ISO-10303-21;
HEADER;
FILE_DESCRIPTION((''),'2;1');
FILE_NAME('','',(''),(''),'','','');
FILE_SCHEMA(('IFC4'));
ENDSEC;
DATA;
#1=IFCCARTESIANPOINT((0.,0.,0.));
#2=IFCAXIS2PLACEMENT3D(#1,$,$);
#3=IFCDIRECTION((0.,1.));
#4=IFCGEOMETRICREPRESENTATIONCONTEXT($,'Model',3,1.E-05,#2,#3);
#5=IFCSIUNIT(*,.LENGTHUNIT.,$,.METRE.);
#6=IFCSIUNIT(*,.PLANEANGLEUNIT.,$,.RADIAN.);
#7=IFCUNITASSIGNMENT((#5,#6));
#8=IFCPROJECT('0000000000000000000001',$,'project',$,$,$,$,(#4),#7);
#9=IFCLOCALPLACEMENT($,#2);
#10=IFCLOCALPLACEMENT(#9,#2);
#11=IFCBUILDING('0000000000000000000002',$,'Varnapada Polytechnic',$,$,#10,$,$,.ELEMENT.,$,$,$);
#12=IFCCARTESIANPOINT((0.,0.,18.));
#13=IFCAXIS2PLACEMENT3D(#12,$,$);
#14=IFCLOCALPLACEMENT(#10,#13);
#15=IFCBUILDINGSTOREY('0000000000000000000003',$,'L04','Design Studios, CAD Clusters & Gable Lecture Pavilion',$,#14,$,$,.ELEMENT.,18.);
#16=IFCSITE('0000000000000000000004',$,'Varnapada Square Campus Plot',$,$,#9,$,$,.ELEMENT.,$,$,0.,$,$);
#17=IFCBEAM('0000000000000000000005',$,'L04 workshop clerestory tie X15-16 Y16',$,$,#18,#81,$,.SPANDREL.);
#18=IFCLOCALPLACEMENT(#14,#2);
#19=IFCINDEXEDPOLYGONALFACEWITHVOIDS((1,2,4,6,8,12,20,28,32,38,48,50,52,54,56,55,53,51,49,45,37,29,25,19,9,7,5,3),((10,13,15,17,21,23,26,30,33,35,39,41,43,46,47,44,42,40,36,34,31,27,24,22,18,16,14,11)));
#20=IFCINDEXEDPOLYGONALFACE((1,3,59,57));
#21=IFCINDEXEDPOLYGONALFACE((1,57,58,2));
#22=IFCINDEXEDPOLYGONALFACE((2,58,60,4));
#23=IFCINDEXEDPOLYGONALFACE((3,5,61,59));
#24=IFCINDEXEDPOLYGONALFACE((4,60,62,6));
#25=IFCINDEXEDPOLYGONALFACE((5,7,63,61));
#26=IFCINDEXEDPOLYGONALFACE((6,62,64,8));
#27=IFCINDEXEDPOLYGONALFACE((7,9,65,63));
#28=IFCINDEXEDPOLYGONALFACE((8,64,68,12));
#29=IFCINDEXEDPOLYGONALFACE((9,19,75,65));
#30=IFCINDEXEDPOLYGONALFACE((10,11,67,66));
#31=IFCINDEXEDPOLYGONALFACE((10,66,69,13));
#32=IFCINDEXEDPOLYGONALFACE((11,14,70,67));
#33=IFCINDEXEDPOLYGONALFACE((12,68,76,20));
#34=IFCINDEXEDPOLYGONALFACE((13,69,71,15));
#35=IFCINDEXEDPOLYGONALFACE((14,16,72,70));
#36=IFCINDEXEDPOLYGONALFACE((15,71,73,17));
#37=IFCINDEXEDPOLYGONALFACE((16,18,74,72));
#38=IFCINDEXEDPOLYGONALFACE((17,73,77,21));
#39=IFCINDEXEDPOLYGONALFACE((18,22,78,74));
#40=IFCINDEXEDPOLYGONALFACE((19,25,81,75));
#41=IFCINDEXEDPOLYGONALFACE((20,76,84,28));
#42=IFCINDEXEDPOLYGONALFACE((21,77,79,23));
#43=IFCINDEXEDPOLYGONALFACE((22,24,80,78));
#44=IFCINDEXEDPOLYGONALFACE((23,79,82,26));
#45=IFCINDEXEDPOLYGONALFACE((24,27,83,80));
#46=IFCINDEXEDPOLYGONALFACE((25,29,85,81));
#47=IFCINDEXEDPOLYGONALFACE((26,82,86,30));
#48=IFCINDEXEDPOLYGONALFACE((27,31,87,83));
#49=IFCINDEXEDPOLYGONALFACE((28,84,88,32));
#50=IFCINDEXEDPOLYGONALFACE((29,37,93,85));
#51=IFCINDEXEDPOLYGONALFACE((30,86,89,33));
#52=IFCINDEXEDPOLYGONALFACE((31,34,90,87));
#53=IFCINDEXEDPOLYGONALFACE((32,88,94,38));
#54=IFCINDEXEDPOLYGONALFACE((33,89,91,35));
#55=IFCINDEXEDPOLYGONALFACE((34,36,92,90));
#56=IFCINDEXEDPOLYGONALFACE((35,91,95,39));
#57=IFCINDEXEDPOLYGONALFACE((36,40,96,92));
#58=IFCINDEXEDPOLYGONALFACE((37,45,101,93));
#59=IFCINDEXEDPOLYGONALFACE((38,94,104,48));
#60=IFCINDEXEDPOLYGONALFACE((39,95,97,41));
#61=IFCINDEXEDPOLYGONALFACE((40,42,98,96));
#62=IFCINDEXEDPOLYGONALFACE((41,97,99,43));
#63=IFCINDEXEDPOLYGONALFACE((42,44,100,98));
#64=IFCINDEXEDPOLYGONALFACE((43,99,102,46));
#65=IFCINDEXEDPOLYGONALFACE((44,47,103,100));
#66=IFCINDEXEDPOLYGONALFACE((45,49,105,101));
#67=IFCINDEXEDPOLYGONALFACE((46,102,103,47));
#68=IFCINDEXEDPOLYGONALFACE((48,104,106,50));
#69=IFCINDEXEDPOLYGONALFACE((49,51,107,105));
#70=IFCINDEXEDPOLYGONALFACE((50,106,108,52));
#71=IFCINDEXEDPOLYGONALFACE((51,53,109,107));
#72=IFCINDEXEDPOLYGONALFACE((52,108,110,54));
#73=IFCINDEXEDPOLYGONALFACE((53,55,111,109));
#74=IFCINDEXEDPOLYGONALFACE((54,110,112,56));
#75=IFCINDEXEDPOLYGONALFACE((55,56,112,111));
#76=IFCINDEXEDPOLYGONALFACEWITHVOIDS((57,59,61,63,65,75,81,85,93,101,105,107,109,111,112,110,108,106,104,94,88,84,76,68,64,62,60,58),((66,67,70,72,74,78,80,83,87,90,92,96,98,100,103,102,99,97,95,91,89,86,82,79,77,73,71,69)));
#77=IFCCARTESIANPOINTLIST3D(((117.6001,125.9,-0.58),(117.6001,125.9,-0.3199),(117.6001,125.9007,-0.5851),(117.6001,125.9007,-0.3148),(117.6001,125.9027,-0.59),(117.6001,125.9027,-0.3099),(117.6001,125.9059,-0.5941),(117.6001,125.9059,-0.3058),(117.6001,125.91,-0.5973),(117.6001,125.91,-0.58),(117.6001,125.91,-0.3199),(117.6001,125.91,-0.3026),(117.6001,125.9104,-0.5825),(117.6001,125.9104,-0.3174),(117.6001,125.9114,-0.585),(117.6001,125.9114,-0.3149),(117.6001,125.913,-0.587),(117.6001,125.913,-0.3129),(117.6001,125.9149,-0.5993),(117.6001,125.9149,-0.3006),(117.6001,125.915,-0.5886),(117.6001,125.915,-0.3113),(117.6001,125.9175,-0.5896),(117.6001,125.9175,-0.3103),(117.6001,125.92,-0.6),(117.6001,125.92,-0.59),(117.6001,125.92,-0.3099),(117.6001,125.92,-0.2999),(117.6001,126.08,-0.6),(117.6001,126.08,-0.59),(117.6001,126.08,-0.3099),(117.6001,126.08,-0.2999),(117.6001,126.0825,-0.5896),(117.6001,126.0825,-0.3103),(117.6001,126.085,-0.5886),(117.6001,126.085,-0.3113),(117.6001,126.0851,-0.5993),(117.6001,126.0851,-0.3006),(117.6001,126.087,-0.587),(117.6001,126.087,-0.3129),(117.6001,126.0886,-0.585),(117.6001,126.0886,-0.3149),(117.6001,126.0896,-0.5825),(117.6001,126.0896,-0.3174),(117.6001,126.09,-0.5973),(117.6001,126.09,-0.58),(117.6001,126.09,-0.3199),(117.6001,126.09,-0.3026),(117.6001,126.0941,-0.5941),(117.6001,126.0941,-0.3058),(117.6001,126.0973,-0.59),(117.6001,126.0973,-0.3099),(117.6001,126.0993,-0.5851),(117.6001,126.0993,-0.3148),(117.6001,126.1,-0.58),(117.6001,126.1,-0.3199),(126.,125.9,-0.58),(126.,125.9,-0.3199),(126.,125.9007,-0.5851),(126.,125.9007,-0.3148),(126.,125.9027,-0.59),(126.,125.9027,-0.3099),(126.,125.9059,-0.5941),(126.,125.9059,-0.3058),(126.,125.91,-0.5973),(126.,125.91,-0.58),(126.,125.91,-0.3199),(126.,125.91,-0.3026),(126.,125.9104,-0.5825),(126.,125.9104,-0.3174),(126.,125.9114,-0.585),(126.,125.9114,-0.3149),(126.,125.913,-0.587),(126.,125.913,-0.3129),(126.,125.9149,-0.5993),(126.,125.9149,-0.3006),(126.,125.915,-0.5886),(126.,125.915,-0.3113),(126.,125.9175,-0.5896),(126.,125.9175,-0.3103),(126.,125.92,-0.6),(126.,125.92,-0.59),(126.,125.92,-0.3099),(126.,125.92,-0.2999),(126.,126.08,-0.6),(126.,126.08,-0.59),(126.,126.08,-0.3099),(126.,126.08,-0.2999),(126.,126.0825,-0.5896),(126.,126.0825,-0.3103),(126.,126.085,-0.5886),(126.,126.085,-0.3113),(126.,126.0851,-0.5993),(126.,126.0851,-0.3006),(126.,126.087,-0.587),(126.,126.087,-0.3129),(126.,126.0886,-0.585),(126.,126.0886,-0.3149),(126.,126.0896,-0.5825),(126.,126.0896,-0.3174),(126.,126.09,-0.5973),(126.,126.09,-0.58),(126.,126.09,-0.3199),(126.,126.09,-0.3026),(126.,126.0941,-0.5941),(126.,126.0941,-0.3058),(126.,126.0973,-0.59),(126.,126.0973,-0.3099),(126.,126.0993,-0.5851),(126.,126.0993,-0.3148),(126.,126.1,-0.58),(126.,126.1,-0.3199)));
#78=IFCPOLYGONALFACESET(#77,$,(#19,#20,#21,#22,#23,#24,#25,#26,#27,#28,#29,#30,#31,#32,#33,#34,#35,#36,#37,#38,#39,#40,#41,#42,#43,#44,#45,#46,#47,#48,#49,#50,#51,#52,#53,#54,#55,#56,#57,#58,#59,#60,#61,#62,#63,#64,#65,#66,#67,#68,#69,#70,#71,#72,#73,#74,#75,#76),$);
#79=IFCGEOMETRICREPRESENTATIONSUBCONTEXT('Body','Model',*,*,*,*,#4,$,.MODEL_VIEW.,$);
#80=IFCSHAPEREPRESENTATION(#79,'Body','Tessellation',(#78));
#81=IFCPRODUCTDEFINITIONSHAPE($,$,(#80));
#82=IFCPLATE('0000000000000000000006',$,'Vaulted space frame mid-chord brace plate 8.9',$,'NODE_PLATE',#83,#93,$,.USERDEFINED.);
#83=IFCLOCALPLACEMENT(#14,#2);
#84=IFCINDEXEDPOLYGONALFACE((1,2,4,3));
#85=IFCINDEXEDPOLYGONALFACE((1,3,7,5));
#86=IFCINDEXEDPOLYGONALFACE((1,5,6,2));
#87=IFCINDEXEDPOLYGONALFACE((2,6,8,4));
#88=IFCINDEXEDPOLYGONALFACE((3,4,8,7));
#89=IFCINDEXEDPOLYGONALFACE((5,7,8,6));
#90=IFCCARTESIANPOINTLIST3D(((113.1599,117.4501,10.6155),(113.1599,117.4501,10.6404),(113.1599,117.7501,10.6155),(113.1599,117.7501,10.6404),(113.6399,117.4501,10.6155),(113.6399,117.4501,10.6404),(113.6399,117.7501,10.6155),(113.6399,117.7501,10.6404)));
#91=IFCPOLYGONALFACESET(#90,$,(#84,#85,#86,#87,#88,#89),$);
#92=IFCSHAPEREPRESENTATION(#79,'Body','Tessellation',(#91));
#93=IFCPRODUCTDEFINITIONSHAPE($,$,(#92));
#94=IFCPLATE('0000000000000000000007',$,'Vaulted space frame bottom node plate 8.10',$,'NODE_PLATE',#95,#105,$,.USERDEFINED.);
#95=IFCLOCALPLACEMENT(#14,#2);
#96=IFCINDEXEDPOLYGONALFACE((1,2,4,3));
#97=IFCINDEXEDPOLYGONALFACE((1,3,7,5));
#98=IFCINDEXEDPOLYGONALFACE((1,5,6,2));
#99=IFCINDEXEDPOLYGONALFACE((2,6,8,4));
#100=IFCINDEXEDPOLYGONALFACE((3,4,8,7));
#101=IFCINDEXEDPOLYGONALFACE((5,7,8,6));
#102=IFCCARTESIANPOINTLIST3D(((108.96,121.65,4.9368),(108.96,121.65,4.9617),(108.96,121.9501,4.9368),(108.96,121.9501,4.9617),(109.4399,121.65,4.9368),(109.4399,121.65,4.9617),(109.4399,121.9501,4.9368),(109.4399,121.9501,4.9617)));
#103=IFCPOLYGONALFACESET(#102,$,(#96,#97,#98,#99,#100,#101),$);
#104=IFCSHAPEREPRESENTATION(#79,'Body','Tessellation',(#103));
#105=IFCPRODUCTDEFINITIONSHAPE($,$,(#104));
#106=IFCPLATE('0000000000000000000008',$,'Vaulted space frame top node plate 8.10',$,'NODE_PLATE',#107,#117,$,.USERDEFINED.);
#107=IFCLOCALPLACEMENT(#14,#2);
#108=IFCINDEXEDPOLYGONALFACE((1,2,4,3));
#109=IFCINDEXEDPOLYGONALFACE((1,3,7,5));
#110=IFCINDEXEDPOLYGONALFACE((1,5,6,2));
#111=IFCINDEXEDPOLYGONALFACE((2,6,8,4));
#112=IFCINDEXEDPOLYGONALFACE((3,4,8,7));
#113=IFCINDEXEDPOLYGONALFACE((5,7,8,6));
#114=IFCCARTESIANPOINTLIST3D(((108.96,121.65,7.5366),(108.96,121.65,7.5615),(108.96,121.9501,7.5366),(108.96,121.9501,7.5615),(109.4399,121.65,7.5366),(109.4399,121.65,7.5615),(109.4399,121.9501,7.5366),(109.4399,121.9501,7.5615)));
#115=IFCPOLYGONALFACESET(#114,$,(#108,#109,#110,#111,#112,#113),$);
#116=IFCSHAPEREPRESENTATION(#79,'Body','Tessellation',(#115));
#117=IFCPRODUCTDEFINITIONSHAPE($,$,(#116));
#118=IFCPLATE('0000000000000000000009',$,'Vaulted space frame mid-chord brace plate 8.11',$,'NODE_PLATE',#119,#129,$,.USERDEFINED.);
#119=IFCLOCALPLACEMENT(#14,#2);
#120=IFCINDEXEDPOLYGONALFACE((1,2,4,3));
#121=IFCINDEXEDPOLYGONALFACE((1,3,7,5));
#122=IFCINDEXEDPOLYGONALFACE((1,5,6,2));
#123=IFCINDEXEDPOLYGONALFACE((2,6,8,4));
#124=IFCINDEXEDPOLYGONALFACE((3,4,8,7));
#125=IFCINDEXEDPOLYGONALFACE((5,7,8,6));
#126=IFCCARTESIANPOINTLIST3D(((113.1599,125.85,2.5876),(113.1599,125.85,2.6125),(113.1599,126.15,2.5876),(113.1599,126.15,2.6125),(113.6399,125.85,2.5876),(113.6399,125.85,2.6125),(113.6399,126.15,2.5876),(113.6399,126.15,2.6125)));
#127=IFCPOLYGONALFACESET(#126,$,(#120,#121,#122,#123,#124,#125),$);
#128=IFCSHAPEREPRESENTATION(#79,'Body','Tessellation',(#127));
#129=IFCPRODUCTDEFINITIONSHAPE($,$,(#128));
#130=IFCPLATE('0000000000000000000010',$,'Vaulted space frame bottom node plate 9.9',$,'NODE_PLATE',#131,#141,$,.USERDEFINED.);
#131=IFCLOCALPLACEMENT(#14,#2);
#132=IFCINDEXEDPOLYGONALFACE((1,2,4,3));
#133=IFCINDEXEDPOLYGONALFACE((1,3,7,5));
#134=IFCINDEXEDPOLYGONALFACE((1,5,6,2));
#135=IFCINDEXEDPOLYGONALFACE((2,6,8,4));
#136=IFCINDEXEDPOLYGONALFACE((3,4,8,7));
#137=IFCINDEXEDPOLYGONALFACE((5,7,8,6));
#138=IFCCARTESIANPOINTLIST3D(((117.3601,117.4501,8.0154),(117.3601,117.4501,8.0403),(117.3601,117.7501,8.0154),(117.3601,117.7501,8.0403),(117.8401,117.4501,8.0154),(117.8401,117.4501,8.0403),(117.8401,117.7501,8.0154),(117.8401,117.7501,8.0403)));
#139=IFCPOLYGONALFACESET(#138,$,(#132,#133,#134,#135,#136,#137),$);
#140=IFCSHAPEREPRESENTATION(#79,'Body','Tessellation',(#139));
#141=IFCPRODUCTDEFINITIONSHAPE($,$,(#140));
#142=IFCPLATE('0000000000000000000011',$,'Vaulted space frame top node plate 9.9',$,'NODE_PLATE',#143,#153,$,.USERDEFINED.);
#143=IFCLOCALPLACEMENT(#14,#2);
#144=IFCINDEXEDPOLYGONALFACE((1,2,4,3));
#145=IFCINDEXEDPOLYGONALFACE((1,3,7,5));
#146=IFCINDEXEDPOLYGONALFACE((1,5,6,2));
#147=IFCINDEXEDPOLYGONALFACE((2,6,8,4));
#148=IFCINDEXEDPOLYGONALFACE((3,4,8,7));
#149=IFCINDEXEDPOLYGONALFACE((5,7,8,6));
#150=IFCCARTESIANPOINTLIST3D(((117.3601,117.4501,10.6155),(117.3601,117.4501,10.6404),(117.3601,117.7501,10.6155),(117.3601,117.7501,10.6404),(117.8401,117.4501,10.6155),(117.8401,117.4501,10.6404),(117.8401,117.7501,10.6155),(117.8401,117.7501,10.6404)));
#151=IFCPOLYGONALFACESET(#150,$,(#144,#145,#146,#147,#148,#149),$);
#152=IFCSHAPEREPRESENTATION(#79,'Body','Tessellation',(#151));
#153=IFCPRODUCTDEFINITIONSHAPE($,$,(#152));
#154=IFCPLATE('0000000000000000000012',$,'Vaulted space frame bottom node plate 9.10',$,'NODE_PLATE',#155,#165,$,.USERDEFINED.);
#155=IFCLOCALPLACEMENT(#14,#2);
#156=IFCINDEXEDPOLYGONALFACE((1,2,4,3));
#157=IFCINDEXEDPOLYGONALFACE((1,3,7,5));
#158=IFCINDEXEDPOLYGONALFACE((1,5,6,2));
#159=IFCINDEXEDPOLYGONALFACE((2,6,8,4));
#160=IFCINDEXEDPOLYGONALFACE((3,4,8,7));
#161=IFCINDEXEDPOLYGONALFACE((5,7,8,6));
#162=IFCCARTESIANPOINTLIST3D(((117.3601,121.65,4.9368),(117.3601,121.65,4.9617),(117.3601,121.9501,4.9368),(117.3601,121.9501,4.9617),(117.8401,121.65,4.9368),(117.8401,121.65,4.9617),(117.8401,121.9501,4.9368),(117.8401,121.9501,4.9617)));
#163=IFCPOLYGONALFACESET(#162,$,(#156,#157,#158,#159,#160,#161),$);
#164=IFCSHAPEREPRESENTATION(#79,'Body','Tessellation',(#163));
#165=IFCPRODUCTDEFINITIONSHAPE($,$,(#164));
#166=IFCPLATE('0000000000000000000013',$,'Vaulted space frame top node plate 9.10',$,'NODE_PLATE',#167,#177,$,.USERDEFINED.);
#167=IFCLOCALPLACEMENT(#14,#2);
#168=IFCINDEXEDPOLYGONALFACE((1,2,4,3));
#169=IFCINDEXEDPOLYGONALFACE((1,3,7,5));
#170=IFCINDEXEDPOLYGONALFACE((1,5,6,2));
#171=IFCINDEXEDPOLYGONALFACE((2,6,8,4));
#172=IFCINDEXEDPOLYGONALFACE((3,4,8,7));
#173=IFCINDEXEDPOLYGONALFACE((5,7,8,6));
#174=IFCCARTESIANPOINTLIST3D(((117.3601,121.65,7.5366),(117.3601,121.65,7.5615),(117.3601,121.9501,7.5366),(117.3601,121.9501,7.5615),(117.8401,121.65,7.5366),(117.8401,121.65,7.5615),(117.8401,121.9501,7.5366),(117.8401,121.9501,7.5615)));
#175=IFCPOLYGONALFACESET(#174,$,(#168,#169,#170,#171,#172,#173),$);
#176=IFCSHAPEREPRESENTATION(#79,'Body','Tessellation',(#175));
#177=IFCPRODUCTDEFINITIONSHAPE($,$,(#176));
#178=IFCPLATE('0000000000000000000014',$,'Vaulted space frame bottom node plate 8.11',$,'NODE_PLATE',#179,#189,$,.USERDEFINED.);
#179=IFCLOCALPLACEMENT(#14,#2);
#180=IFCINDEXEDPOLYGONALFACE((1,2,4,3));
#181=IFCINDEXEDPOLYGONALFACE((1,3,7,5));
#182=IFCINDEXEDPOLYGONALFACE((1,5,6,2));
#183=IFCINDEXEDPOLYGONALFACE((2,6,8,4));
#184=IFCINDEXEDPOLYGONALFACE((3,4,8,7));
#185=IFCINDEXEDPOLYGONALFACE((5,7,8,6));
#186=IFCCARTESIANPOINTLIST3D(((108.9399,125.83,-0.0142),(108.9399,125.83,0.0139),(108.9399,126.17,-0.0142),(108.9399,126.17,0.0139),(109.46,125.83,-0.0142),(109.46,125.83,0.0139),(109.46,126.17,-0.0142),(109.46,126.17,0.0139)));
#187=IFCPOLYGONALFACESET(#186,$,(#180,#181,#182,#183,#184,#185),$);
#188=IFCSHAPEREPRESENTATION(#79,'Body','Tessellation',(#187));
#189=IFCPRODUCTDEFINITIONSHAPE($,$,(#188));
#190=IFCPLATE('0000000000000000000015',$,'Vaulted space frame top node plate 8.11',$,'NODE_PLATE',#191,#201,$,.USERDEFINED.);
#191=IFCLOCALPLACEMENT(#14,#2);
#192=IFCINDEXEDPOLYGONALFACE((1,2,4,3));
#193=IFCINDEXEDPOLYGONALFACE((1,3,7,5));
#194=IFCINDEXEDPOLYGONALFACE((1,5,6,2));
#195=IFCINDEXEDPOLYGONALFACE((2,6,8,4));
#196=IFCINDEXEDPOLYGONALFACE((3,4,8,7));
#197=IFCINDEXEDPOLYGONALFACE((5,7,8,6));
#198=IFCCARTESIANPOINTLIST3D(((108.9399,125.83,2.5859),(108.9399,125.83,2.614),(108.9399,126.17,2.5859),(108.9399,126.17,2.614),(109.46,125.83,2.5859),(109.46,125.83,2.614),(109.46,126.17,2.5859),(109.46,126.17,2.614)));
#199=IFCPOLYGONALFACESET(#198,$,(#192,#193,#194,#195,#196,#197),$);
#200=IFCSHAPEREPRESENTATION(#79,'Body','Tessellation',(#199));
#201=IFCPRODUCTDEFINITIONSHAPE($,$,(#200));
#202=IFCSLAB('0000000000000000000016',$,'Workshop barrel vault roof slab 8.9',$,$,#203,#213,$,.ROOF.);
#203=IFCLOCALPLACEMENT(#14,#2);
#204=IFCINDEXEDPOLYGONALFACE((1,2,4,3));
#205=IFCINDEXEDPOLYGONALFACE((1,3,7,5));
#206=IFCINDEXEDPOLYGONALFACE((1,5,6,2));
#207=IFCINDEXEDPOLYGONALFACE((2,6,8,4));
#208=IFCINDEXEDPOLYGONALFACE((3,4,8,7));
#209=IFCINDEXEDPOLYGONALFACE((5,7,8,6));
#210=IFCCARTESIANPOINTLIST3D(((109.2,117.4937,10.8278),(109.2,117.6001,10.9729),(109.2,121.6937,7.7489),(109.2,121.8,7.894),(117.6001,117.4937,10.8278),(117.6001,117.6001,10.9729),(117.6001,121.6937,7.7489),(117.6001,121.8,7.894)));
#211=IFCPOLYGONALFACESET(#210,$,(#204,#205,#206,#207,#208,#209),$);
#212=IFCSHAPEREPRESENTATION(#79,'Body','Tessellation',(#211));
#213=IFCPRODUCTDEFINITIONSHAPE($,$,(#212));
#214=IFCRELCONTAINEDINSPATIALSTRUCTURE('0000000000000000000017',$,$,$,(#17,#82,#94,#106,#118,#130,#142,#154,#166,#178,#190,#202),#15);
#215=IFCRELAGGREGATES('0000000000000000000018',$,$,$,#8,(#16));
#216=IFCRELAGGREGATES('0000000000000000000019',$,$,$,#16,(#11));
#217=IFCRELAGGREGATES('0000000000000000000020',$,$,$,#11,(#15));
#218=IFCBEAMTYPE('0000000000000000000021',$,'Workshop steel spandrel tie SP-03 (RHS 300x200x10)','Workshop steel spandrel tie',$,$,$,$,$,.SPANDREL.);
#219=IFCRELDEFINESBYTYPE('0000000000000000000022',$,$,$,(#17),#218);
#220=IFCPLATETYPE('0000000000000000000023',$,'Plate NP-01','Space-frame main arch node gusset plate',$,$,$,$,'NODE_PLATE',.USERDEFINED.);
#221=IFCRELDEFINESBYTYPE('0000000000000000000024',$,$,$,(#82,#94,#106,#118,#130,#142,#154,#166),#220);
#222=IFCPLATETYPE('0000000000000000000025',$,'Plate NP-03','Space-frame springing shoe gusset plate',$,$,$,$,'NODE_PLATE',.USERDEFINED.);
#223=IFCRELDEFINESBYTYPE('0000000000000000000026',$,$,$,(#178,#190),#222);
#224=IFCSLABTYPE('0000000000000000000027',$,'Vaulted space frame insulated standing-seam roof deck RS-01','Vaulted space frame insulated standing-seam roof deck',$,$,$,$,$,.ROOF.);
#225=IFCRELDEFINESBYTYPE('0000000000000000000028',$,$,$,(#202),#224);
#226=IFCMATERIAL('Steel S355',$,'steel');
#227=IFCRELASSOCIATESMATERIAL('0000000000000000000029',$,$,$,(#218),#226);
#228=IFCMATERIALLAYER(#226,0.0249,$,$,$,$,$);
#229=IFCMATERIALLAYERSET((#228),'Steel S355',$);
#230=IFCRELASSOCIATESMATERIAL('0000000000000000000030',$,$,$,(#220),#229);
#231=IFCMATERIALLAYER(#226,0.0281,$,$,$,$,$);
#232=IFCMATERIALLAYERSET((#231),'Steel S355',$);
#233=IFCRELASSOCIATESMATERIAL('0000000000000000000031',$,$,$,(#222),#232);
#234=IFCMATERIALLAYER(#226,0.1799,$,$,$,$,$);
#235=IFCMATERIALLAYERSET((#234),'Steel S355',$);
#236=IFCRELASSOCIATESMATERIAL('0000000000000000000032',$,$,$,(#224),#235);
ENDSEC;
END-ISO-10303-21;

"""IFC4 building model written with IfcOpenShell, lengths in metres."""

from ifc_helpers import new_model, si_unit, direction, frame, origin, origin_2d, place, context, subcontext, project, spatial, polyline, rectangle, hollow_rectangle, outline, extrude, material, layer, layer_set, material_profile, profile_set, type_object, element, save


model = new_model("IFC4")

# Units and contexts
model_context = context("Model", 3, precision=1e-05, world=origin(), true_north=direction((0.0, 1.0)))
body_context = subcontext(model_context, "Body", "Model", "MODEL_VIEW")
ifc_project = project(units=[si_unit("LENGTHUNIT", "METRE"), si_unit("PLANEANGLEUNIT", "RADIAN")], contexts=[model_context])

# Site, building, storey
site_placement = place(None, origin())
site = spatial("IfcSite", under=ifc_project, at=site_placement, Name="Varnapada Square Campus Plot", CompositionType="ELEMENT", RefElevation=0.0)
building_placement = place(site_placement, origin())
building = spatial("IfcBuilding", under=site, at=building_placement, Name="Varnapada Polytechnic", CompositionType="ELEMENT")
storey_placement = place(building_placement, frame((0.0, 0.0, 18.0)))
storey = spatial("IfcBuildingStorey", under=building, at=storey_placement, Name="L04", Description="Design Studios, CAD Clusters & Gable Lecture Pavilion", CompositionType="ELEMENT", Elevation=18.0)

# Shared definitions
ifc_material = material(Name="Steel S355", Category="steel")

# Beam
ifc_material_profile_1 = material_profile(ifc_material, hollow_rectangle(XDim=0.2, YDim=0.3, WallThickness=0.01, InnerFilletRadius=0.01, OuterFilletRadius=0.02, at=origin_2d()), Name="RHS 300x200x10")
ifc_profile_set_1 = profile_set([ifc_material_profile_1], Name="Steel S355")
beam_type_1 = type_object("IfcBeamType", Name="Workshop steel spandrel tie SP-03 (RHS 300x200x10)", Description="Workshop steel spandrel tie", PredefinedType="SPANDREL", material=ifc_profile_set_1)
beam_1_placement = place(storey_placement, frame((117.6001, 126.0, -0.45), z_axis=(1.0, 0.0, 0.0), x_axis=(0.0, 1.0, 0.0)))
element("IfcBeam", 1, at=beam_1_placement, inside=storey, type_object=beam_type_1, Name="L04 workshop clerestory tie X15-16 Y16", PredefinedType="SPANDREL", context=body_context, shape_type="SweptSolid", body=[
    extrude(hollow_rectangle(XDim=0.2, YDim=0.3, WallThickness=0.01, InnerFilletRadius=0.01, OuterFilletRadius=0.02, at=origin_2d()), origin(), (0.0, 0.0, 1.0), 8.3999),
])

# Plates
ifc_layer_1 = layer(ifc_material, 0.0249)
ifc_layer_set_1 = layer_set([ifc_layer_1], Name="Steel S355")
plate_type_1 = type_object("IfcPlateType", Name="Plate NP-01", Description="Space-frame main arch node gusset plate", ElementType="NODE_PLATE", PredefinedType="USERDEFINED", material=ifc_layer_set_1)
for number, where, z_axis, x_axis, name in (
    (2, (113.3999, 117.6001, 10.6155), (0.0, 0.0, 1.0), (1.0, 0.0, 0.0), "Vaulted space frame mid-chord brace plate 8.9"),
    (3, (109.2, 121.8, 4.9368), (0.0, 0.0, 1.0), (1.0, 0.0, 0.0), "Vaulted space frame bottom node plate 8.10"),
    (4, (109.2, 121.8, 7.5366), (0.0, 0.0, 1.0), (1.0, 0.0, 0.0), "Vaulted space frame top node plate 8.10"),
    (5, (113.3999, 126.0, 2.5876), (0.0, 0.0, 1.0), (1.0, 0.0, 0.0), "Vaulted space frame mid-chord brace plate 8.11"),
    (6, (117.6001, 117.6001, 8.0154), (0.0, 0.0, 1.0), (1.0, 0.0, 0.0), "Vaulted space frame bottom node plate 9.9"),
    (7, (117.6001, 117.6001, 10.6155), (0.0, 0.0, 1.0), (1.0, 0.0, 0.0), "Vaulted space frame top node plate 9.9"),
    (8, (117.6001, 121.8, 4.9368), (0.0, 0.0, 1.0), (1.0, 0.0, 0.0), "Vaulted space frame bottom node plate 9.10"),
    (9, (117.6001, 121.8, 7.5366), (0.0, 0.0, 1.0), (1.0, 0.0, 0.0), "Vaulted space frame top node plate 9.10"),
):
    element("IfcPlate", number, at=place(storey_placement, frame(where, z_axis=z_axis, x_axis=x_axis)), inside=storey, type_object=plate_type_1, Name=name, ObjectType="NODE_PLATE", PredefinedType="USERDEFINED", context=body_context, shape_type="SweptSolid", body=[
        extrude(rectangle(XDim=0.48, YDim=0.3, at=origin_2d()), origin(), (0.0, 0.0, 1.0), 0.0249),
    ])
ifc_layer_2 = layer(ifc_material, 0.0281)
ifc_layer_set_2 = layer_set([ifc_layer_2], Name="Steel S355")
plate_type_2 = type_object("IfcPlateType", Name="Plate NP-03", Description="Space-frame springing shoe gusset plate", ElementType="NODE_PLATE", PredefinedType="USERDEFINED", material=ifc_layer_set_2)
for number, where, z_axis, x_axis, name in (
    (10, (109.2, 126.0, -0.0142), (0.0, 0.0, 1.0), (1.0, 0.0, 0.0), "Vaulted space frame bottom node plate 8.11"),
    (11, (109.2, 126.0, 2.5859), (0.0, 0.0, 1.0), (1.0, 0.0, 0.0), "Vaulted space frame top node plate 8.11"),
):
    element("IfcPlate", number, at=place(storey_placement, frame(where, z_axis=z_axis, x_axis=x_axis)), inside=storey, type_object=plate_type_2, Name=name, ObjectType="NODE_PLATE", PredefinedType="USERDEFINED", context=body_context, shape_type="SweptSolid", body=[
        extrude(rectangle(XDim=0.52, YDim=0.3401, at=origin_2d()), origin(), (0.0, 0.0, 1.0), 0.0281),
    ])

# Slab
ifc_layer_3 = layer(ifc_material, 0.1799)
ifc_layer_set_3 = layer_set([ifc_layer_3], Name="Steel S355")
slab_type = type_object("IfcSlabType", Name="Vaulted space frame insulated standing-seam roof deck RS-01", Description="Vaulted space frame insulated standing-seam roof deck", PredefinedType="ROOF", material=ifc_layer_set_3)
slab_1_placement = place(storey_placement, frame((109.2, 117.6001, 10.9729), z_axis=(0.0, 0.591225, 0.806506), x_axis=(1.0, 0.0, 0.0)))
element("IfcSlab", 12, at=slab_1_placement, inside=storey, type_object=slab_type, Name="Workshop barrel vault roof slab 8.9", PredefinedType="ROOF", context=body_context, shape_type="SweptSolid", body=[
    extrude(outline(polyline([(0.0, 0.0), (8.4001, 0.0), (8.4001, 5.2076), (0.0, 5.2076), (0.0, 0.0)])), origin(), (0.0, 0.0, -1.0), 0.1799),
])

save(model, "model.ifc")
